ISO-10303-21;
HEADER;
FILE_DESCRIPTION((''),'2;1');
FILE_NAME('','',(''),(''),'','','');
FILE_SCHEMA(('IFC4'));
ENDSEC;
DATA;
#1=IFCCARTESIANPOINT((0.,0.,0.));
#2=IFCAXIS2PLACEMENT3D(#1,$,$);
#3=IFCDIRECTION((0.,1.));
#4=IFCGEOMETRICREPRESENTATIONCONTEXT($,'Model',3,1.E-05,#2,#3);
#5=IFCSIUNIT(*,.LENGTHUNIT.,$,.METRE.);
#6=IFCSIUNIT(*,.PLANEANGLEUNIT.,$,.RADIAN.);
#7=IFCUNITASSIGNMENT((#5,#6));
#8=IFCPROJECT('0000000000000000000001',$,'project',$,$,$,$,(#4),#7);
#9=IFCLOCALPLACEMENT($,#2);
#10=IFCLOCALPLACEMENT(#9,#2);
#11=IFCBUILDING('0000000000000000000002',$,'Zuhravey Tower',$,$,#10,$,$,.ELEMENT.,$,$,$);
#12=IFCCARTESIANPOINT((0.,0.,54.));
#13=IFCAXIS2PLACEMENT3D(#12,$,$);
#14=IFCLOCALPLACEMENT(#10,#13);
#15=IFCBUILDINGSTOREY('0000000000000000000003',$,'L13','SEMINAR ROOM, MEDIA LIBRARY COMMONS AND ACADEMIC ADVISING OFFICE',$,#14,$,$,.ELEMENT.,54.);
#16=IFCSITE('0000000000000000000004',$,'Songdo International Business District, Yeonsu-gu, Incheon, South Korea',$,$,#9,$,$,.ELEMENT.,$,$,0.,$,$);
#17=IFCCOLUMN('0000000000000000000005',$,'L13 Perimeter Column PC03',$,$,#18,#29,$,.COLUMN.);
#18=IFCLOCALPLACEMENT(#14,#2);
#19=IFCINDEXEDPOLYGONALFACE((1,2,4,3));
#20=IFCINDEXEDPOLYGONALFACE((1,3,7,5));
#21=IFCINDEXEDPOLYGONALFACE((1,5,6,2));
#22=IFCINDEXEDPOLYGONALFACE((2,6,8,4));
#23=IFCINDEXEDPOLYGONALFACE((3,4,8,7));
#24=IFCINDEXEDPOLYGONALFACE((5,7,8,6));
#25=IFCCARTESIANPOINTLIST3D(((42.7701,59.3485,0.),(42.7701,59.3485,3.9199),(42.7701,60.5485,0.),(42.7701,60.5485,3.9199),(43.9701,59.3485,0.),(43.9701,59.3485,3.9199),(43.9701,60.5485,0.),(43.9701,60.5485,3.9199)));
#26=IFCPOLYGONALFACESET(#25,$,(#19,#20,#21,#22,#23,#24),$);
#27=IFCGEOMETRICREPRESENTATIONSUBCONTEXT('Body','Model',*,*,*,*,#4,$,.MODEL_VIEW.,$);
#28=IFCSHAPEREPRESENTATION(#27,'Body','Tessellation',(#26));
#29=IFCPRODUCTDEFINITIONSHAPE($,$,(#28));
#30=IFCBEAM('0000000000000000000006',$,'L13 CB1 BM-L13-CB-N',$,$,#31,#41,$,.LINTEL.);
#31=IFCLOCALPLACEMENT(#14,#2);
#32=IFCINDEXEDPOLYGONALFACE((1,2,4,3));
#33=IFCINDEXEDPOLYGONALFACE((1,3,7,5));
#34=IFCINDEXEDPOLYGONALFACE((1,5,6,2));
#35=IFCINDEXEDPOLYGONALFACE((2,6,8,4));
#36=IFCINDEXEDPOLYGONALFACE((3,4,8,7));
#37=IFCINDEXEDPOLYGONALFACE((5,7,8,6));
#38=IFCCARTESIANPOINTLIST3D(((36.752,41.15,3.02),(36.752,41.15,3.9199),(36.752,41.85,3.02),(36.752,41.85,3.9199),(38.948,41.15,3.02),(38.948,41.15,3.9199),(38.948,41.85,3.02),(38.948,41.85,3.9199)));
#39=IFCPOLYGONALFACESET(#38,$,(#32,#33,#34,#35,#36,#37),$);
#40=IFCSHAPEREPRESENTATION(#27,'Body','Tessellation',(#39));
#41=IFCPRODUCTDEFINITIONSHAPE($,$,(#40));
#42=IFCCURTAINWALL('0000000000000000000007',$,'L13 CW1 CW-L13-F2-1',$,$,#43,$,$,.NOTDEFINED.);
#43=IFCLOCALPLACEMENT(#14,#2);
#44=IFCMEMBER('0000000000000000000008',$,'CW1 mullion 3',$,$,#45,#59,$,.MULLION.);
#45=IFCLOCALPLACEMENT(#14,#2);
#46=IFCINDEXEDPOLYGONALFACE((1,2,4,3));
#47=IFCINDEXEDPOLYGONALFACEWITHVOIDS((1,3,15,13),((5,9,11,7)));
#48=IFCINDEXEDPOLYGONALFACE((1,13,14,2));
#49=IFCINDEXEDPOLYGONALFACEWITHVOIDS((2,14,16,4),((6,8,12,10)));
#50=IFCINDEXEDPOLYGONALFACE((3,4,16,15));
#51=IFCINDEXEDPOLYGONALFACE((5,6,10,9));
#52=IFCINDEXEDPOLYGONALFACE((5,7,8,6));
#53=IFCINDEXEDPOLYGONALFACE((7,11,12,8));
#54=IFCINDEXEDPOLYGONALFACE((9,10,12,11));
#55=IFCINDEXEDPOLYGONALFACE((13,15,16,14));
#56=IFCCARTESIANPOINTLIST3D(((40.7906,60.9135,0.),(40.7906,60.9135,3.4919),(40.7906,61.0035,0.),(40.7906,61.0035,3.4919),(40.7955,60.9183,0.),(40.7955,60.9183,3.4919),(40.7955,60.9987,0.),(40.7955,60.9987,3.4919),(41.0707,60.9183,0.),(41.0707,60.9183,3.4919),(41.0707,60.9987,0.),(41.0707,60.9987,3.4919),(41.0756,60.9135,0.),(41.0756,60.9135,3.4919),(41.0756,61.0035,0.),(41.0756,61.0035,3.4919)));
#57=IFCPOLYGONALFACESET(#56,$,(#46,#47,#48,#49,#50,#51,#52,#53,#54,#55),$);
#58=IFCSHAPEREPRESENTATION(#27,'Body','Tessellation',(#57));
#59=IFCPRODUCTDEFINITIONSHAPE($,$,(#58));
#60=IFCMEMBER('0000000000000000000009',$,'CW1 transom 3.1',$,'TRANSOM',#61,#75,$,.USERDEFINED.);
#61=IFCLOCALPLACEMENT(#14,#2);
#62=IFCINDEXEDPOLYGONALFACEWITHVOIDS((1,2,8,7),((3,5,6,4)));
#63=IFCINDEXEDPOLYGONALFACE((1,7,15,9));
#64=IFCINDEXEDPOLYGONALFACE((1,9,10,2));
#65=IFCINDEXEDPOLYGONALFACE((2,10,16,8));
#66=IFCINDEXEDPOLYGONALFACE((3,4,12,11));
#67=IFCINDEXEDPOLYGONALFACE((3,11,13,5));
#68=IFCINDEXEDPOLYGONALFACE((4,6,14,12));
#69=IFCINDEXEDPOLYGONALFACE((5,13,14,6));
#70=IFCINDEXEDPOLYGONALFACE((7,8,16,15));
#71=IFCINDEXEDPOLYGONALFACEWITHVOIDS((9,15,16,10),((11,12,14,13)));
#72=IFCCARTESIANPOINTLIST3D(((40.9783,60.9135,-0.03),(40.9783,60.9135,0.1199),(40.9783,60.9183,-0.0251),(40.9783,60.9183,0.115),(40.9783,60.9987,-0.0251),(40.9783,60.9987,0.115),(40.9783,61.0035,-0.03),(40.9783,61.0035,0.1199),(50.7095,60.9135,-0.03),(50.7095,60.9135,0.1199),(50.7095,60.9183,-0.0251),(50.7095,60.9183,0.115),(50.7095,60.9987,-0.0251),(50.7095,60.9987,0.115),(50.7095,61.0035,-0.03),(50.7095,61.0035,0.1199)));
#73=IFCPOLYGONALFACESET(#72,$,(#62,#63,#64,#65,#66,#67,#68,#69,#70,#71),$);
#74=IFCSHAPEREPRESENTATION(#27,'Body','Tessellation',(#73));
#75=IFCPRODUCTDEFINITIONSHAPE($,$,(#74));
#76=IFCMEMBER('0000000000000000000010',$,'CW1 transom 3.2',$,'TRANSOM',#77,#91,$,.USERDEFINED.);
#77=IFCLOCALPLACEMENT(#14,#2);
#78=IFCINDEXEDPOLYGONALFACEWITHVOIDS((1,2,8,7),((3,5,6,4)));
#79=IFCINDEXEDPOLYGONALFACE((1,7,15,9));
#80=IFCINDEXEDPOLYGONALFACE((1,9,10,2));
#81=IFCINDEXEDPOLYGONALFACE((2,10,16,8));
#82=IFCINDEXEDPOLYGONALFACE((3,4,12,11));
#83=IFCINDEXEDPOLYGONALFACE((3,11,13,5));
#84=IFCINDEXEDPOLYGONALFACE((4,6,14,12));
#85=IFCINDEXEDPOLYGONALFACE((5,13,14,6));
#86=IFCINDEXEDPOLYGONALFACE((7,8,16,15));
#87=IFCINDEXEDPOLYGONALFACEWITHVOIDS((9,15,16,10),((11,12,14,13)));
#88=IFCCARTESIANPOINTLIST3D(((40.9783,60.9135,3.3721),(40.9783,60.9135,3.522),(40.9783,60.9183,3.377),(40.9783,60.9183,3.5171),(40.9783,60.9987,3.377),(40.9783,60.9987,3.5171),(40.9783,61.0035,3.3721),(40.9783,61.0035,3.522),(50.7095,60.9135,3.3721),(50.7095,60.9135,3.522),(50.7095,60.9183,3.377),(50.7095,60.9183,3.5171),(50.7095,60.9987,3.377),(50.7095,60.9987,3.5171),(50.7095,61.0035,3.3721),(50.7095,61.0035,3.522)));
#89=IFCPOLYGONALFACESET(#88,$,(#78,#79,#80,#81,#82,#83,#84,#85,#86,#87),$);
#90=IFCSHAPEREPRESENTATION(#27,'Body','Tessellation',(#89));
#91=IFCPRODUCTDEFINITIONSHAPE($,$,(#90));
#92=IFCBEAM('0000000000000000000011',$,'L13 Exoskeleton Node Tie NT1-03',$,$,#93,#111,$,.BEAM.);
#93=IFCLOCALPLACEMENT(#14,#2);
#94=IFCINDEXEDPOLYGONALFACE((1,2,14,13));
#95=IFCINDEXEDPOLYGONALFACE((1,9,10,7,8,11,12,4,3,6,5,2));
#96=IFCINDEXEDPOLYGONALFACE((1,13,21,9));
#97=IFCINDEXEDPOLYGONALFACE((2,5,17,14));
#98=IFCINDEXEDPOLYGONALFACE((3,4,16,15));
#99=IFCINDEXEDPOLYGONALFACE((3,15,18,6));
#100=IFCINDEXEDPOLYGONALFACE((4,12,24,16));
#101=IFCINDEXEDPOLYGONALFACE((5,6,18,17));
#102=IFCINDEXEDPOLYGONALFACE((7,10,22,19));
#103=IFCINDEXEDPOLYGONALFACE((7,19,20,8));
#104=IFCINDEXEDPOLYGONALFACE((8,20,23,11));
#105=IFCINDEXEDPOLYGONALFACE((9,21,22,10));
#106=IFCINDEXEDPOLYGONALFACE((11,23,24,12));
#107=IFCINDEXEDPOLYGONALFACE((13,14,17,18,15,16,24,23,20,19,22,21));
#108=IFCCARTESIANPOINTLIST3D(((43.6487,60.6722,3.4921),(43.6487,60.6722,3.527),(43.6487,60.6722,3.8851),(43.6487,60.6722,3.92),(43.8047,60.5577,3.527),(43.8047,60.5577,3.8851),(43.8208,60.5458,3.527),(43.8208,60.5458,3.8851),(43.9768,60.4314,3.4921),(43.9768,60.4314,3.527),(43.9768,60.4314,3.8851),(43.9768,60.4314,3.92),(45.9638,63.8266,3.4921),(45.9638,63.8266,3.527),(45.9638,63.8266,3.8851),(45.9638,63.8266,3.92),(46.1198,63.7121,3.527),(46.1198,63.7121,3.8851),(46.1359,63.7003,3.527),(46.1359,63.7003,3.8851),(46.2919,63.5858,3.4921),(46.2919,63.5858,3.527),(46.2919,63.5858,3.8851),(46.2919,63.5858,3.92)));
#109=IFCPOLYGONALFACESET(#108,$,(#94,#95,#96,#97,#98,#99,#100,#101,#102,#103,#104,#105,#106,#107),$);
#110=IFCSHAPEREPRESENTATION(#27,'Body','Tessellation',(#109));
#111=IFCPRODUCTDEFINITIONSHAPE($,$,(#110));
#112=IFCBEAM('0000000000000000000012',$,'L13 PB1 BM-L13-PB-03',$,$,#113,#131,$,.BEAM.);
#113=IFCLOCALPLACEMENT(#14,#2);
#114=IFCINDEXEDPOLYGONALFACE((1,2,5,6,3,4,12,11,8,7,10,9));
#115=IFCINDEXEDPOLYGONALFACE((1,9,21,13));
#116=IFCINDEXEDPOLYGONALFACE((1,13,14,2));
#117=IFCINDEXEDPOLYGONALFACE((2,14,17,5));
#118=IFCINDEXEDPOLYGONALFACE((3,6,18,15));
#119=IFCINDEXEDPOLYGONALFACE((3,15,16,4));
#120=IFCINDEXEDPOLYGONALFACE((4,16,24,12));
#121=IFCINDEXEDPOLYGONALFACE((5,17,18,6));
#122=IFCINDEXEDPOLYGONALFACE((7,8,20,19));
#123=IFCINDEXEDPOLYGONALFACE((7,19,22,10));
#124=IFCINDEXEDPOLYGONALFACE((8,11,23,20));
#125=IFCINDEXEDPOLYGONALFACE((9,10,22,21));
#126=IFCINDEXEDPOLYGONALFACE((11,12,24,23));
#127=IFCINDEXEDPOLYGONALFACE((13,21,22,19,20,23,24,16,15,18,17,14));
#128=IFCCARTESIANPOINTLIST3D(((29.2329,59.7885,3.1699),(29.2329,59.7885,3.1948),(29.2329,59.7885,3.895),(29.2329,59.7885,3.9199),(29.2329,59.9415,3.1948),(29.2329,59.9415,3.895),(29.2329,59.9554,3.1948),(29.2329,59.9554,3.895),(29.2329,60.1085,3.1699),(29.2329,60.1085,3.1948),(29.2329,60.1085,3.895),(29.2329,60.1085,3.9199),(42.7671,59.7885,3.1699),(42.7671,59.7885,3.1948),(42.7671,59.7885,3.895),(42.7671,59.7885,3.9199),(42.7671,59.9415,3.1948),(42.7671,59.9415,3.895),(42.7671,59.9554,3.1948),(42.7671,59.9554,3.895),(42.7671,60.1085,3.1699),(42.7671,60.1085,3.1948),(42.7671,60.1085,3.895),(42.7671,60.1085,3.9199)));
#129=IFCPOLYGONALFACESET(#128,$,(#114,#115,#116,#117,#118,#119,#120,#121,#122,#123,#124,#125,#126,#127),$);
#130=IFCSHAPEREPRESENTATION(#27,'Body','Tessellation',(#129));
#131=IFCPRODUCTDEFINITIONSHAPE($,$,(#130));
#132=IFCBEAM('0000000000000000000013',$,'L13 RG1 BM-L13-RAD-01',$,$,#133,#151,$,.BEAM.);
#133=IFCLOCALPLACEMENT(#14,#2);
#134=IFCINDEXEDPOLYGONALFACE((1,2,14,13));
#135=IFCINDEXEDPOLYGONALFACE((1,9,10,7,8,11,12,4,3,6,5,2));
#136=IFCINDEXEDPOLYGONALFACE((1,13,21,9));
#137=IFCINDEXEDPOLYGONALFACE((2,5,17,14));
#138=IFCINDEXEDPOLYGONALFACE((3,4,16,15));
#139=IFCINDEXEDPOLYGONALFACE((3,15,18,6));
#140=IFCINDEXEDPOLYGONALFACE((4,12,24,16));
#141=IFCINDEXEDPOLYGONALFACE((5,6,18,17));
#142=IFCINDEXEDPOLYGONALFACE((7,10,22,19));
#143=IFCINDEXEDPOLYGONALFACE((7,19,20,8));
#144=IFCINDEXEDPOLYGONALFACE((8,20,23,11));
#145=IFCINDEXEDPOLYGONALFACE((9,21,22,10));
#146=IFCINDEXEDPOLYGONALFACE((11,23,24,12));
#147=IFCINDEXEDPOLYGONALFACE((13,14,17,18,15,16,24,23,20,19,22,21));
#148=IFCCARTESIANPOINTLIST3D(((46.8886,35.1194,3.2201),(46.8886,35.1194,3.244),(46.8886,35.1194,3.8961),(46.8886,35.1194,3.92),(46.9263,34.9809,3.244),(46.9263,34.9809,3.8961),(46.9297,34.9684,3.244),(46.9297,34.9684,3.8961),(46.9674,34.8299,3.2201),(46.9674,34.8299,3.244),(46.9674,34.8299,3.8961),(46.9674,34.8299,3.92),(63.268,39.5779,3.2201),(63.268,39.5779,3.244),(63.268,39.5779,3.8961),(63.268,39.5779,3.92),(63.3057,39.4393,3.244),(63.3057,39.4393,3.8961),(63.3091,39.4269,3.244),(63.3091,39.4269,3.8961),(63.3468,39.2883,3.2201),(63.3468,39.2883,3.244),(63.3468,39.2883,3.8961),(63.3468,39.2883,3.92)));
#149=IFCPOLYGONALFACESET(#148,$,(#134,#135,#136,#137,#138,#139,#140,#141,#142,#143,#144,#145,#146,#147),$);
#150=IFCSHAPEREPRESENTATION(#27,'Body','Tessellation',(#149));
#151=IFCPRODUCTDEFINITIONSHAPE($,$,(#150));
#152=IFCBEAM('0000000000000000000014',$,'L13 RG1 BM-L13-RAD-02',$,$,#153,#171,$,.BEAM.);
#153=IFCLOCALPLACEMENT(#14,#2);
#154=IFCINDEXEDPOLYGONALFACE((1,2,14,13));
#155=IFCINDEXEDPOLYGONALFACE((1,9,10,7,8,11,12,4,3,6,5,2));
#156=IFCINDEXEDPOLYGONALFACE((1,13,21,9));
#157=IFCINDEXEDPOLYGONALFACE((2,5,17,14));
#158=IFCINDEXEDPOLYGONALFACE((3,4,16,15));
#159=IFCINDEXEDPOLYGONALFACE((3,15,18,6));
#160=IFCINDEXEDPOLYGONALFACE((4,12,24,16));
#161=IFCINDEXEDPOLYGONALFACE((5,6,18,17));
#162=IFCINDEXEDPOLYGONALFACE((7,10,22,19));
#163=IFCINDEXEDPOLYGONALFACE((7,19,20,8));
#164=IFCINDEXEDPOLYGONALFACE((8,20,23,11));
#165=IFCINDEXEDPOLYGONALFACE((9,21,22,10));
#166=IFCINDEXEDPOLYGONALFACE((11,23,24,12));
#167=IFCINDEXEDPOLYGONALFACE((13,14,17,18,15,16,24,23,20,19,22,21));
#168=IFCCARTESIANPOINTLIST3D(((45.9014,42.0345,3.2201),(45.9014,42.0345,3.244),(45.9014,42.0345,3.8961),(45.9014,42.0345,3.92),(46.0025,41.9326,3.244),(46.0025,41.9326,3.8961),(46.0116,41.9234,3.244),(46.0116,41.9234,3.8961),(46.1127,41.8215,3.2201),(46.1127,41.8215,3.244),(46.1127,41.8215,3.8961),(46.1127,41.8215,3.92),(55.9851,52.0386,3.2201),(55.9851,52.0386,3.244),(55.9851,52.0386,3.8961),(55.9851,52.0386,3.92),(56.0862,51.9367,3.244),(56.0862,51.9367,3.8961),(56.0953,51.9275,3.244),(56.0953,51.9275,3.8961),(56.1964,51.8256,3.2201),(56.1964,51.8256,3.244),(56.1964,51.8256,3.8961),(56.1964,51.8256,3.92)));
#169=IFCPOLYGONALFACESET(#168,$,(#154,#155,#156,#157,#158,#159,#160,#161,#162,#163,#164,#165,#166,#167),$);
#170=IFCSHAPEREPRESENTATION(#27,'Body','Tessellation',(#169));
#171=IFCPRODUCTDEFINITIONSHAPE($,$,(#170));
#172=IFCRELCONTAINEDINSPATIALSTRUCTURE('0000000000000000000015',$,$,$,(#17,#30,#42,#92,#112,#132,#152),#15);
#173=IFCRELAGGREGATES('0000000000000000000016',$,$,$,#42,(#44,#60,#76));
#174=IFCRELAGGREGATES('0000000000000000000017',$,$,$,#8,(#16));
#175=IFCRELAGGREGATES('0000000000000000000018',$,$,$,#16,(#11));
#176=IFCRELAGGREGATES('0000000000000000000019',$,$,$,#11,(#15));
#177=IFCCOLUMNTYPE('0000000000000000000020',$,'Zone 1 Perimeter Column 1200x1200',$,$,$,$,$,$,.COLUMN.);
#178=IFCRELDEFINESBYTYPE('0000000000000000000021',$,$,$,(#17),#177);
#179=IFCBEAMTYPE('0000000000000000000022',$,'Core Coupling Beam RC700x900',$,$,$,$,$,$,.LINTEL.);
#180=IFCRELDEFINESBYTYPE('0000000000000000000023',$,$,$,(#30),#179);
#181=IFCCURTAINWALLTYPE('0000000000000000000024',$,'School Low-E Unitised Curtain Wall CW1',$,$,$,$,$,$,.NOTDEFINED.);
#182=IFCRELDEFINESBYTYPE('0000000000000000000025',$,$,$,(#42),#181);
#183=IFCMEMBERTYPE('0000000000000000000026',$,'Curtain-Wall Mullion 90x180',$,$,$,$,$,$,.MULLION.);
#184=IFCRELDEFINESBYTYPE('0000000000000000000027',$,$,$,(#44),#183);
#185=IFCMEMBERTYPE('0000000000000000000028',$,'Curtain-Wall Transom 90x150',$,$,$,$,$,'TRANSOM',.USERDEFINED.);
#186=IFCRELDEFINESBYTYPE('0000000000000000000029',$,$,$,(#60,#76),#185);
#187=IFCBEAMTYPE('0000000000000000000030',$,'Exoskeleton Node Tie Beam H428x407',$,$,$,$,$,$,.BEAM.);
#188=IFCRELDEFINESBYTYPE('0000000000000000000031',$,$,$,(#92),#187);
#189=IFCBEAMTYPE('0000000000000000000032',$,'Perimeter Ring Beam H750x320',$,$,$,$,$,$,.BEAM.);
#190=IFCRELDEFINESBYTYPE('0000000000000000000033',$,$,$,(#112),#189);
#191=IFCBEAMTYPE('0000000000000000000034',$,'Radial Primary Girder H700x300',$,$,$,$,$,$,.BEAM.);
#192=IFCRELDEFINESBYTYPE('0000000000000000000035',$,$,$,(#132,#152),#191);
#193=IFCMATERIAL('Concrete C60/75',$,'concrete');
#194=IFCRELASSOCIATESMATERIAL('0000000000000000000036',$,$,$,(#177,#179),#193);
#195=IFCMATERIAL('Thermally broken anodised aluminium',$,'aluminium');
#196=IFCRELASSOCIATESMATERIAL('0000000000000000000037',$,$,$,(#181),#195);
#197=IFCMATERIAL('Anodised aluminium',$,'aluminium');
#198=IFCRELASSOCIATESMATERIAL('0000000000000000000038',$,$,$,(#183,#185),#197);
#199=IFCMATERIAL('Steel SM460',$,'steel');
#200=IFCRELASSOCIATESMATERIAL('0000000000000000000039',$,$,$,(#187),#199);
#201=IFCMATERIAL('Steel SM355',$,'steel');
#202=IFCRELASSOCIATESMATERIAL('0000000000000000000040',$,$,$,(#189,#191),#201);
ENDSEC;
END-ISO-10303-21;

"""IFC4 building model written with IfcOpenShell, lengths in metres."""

from ifc_helpers import new_model, si_unit, direction, frame, origin, origin_2d, place, context, subcontext, project, spatial, rectangle, hollow_rectangle, i_section, extrude, material, material_profile, profile_set, type_object, element, aggregate, save


model = new_model("IFC4")

# Units and contexts
model_context = context("Model", 3, precision=1e-05, world=origin(), true_north=direction((0.0, 1.0)))
body_context = subcontext(model_context, "Body", "Model", "MODEL_VIEW")
ifc_project = project(units=[si_unit("LENGTHUNIT", "METRE"), si_unit("PLANEANGLEUNIT", "RADIAN")], contexts=[model_context])

# Site, building, storey
site_placement = place(None, origin())
site = spatial("IfcSite", under=ifc_project, at=site_placement, Name="Songdo International Business District, Yeonsu-gu, Incheon, South Korea", CompositionType="ELEMENT", RefElevation=0.0)
building_placement = place(site_placement, origin())
building = spatial("IfcBuilding", under=site, at=building_placement, Name="Zuhravey Tower", CompositionType="ELEMENT")
storey_placement = place(building_placement, frame((0.0, 0.0, 54.0)))
storey = spatial("IfcBuildingStorey", under=building, at=storey_placement, Name="L13", Description="SEMINAR ROOM, MEDIA LIBRARY COMMONS AND ACADEMIC ADVISING OFFICE", CompositionType="ELEMENT", Elevation=54.0)

# Column
ifc_material_1 = material(Name="Concrete C60/75", Category="concrete")
ifc_material_profile_1 = material_profile(ifc_material_1, rectangle(XDim=1.2, YDim=1.2, at=origin_2d()), Name="RC-1200x1200")
ifc_profile_set_1 = profile_set([ifc_material_profile_1], Name="Concrete C60/75")
column_type = type_object("IfcColumnType", Name="Zone 1 Perimeter Column 1200x1200", PredefinedType="COLUMN", material=ifc_profile_set_1)
column_placement = place(storey_placement, frame((43.3701, 59.9485, 0.0), z_axis=(0.0, 0.0, 1.0), x_axis=(-1.0, 0.0, 0.0)))
element("IfcColumn", 1, at=column_placement, inside=storey, type_object=column_type, Name="L13 Perimeter Column PC03", PredefinedType="COLUMN", context=body_context, shape_type="SweptSolid", body=[
    extrude(rectangle(XDim=1.2, YDim=1.2, at=origin_2d()), origin(), (0.0, 0.0, 1.0), 3.9199),
])

# Beam
ifc_material_profile_2 = material_profile(ifc_material_1, rectangle(XDim=0.7, YDim=0.8999, at=origin_2d()), Name="RC-700x900")
ifc_profile_set_2 = profile_set([ifc_material_profile_2], Name="Concrete C60/75")
beam_type_1 = type_object("IfcBeamType", Name="Core Coupling Beam RC700x900", PredefinedType="LINTEL", material=ifc_profile_set_2)
beam_1_placement = place(storey_placement, frame((36.752, 41.5, 3.47), z_axis=(1.0, 0.0, 0.0), x_axis=(0.0, 1.0, 0.0)))
element("IfcBeam", 2, at=beam_1_placement, inside=storey, type_object=beam_type_1, Name="L13 CB1 BM-L13-CB-N", PredefinedType="LINTEL", context=body_context, shape_type="SweptSolid", body=[
    extrude(rectangle(XDim=0.7, YDim=0.8999, at=origin_2d()), origin(), (0.0, 0.0, 1.0), 2.196),
])

# Curtain wall, members
ifc_material_2 = material(Name="Thermally broken anodised aluminium", Category="aluminium")
curtain_wall_type = type_object("IfcCurtainWallType", Name="School Low-E Unitised Curtain Wall CW1", PredefinedType="NOTDEFINED", material=ifc_material_2)
curtain_wall_placement = place(storey_placement, origin())
curtain_wall = element("IfcCurtainWall", 3, at=curtain_wall_placement, inside=storey, type_object=curtain_wall_type, Name="L13 CW1 CW-L13-F2-1", PredefinedType="NOTDEFINED")
ifc_material_3 = material(Name="Anodised aluminium", Category="aluminium")
ifc_material_profile_3 = material_profile(ifc_material_3, hollow_rectangle(XDim=0.0901, YDim=0.2849, WallThickness=0.0049, at=origin_2d()), Name="ALU-RHS-90x285x5")
ifc_profile_set_3 = profile_set([ifc_material_profile_3], Name="Anodised aluminium")
member_type_1 = type_object("IfcMemberType", Name="Curtain-Wall Mullion 90x180", PredefinedType="MULLION", material=ifc_profile_set_3)
member_1_placement = place(storey_placement, frame((40.9331, 60.9585, 0.0), z_axis=(0.0, 0.0, 1.0), x_axis=(0.0, 1.0, 0.0)))
member_1 = element("IfcMember", 4, at=member_1_placement, type_object=member_type_1, Name="CW1 mullion 3", PredefinedType="MULLION", context=body_context, shape_type="SweptSolid", body=[
    extrude(hollow_rectangle(XDim=0.0901, YDim=0.2849, WallThickness=0.0049, at=origin_2d()), origin(), (0.0, 0.0, 1.0), 3.4919),
])
ifc_material_profile_4 = material_profile(ifc_material_3, hollow_rectangle(XDim=0.0901, YDim=0.1499, WallThickness=0.0049, at=origin_2d()), Name="ALU-RHS-90x150x5")
ifc_profile_set_4 = profile_set([ifc_material_profile_4], Name="Anodised aluminium")
member_type_2 = type_object("IfcMemberType", Name="Curtain-Wall Transom 90x150", ElementType="TRANSOM", PredefinedType="USERDEFINED", material=ifc_profile_set_4)
member_2_placement = place(storey_placement, frame((40.9783, 60.9585, 0.0449), z_axis=(1.0, 0.0, 0.0), x_axis=(0.0, 1.0, 0.0)))
member_2 = element("IfcMember", 5, at=member_2_placement, type_object=member_type_2, Name="CW1 transom 3.1", ObjectType="TRANSOM", PredefinedType="USERDEFINED", context=body_context, shape_type="SweptSolid", body=[
    extrude(hollow_rectangle(XDim=0.0901, YDim=0.1499, WallThickness=0.0049, at=origin_2d()), origin(), (0.0, 0.0, 1.0), 9.7312),
])
member_3_placement = place(storey_placement, frame((40.9783, 60.9585, 3.447), z_axis=(1.0, 0.0, 0.0), x_axis=(0.0, 1.0, 0.0)))
member_3 = element("IfcMember", 6, at=member_3_placement, type_object=member_type_2, Name="CW1 transom 3.2", ObjectType="TRANSOM", PredefinedType="USERDEFINED", context=body_context, shape_type="SweptSolid", body=[
    extrude(hollow_rectangle(XDim=0.0901, YDim=0.1499, WallThickness=0.0049, at=origin_2d()), origin(), (0.0, 0.0, 1.0), 9.7312),
])

# Beams
ifc_material_4 = material(Name="Steel SM460", Category="steel")
ifc_material_profile_5 = material_profile(ifc_material_4, i_section(OverallWidth=0.407, OverallDepth=0.428, WebThickness=0.02, FlangeThickness=0.0349, at=origin_2d()), Name="H-428x407x20x35")
ifc_profile_set_5 = profile_set([ifc_material_profile_5], Name="Steel SM460")
beam_type_2 = type_object("IfcBeamType", Name="Exoskeleton Node Tie Beam H428x407", PredefinedType="BEAM", material=ifc_profile_set_5)
beam_2_placement = place(storey_placement, frame((43.8127, 60.5518, 3.7061), z_axis=(0.591672, 0.806179, 0.0), x_axis=(-0.806179, 0.591672, 0.0)))
element("IfcBeam", 7, at=beam_2_placement, inside=storey, type_object=beam_type_2, Name="L13 Exoskeleton Node Tie NT1-03", PredefinedType="BEAM", context=body_context, shape_type="SweptSolid", body=[
    extrude(i_section(OverallWidth=0.407, OverallDepth=0.428, WebThickness=0.02, FlangeThickness=0.0349, at=origin_2d()), origin(), (0.0, 0.0, 1.0), 3.9128),
])
ifc_material_5 = material(Name="Steel SM355", Category="steel")
ifc_material_profile_6 = material_profile(ifc_material_5, i_section(OverallWidth=0.3201, OverallDepth=0.75, WebThickness=0.0139, FlangeThickness=0.0249, at=origin_2d()), Name="H-750x320x14x25")
ifc_profile_set_6 = profile_set([ifc_material_profile_6], Name="Steel SM355")
beam_type_3 = type_object("IfcBeamType", Name="Perimeter Ring Beam H750x320", PredefinedType="BEAM", material=ifc_profile_set_6)
beam_3_placement = place(storey_placement, frame((42.7671, 59.9485, 3.5449), z_axis=(-1.0, 0.0, 0.0), x_axis=(0.0, -1.0, 0.0)))
element("IfcBeam", 8, at=beam_3_placement, inside=storey, type_object=beam_type_3, Name="L13 PB1 BM-L13-PB-03", PredefinedType="BEAM", context=body_context, shape_type="SweptSolid", body=[
    extrude(i_section(OverallWidth=0.3201, OverallDepth=0.75, WebThickness=0.0139, FlangeThickness=0.0249, at=origin_2d()), origin(), (0.0, 0.0, 1.0), 13.5342),
])
ifc_material_profile_7 = material_profile(ifc_material_5, i_section(OverallWidth=0.3, OverallDepth=0.7, WebThickness=0.0129, FlangeThickness=0.0239, at=origin_2d()), Name="H-700x300x13x24")
ifc_profile_set_7 = profile_set([ifc_material_profile_7], Name="Steel SM355")
beam_type_4 = type_object("IfcBeamType", Name="Radial Primary Girder H700x300", PredefinedType="BEAM", material=ifc_profile_set_7)
beam_4_placement = place(storey_placement, frame((46.928, 34.9746, 3.5701), z_axis=(0.964892, 0.262645, 0.0), x_axis=(-0.262645, 0.964892, 0.0)))
element("IfcBeam", 9, at=beam_4_placement, inside=storey, type_object=beam_type_4, Name="L13 RG1 BM-L13-RAD-01", PredefinedType="BEAM", context=body_context, shape_type="SweptSolid", body=[
    extrude(i_section(OverallWidth=0.3, OverallDepth=0.7, WebThickness=0.0129, FlangeThickness=0.0239, at=origin_2d()), origin(), (0.0, 0.0, 1.0), 16.9753),
])
beam_5_placement = place(storey_placement, frame((46.0071, 41.928, 3.5701), z_axis=(0.709903, 0.7043, 0.0), x_axis=(-0.7043, 0.709903, 0.0)))
element("IfcBeam", 10, at=beam_5_placement, inside=storey, type_object=beam_type_4, Name="L13 RG1 BM-L13-RAD-02", PredefinedType="BEAM", context=body_context, shape_type="SweptSolid", body=[
    extrude(i_section(OverallWidth=0.3, OverallDepth=0.7, WebThickness=0.0129, FlangeThickness=0.0239, at=origin_2d()), origin(), (0.0, 0.0, 1.0), 14.2043),
])

aggregate(curtain_wall, [member_1, member_2, member_3])

save(model, "model.ifc")
